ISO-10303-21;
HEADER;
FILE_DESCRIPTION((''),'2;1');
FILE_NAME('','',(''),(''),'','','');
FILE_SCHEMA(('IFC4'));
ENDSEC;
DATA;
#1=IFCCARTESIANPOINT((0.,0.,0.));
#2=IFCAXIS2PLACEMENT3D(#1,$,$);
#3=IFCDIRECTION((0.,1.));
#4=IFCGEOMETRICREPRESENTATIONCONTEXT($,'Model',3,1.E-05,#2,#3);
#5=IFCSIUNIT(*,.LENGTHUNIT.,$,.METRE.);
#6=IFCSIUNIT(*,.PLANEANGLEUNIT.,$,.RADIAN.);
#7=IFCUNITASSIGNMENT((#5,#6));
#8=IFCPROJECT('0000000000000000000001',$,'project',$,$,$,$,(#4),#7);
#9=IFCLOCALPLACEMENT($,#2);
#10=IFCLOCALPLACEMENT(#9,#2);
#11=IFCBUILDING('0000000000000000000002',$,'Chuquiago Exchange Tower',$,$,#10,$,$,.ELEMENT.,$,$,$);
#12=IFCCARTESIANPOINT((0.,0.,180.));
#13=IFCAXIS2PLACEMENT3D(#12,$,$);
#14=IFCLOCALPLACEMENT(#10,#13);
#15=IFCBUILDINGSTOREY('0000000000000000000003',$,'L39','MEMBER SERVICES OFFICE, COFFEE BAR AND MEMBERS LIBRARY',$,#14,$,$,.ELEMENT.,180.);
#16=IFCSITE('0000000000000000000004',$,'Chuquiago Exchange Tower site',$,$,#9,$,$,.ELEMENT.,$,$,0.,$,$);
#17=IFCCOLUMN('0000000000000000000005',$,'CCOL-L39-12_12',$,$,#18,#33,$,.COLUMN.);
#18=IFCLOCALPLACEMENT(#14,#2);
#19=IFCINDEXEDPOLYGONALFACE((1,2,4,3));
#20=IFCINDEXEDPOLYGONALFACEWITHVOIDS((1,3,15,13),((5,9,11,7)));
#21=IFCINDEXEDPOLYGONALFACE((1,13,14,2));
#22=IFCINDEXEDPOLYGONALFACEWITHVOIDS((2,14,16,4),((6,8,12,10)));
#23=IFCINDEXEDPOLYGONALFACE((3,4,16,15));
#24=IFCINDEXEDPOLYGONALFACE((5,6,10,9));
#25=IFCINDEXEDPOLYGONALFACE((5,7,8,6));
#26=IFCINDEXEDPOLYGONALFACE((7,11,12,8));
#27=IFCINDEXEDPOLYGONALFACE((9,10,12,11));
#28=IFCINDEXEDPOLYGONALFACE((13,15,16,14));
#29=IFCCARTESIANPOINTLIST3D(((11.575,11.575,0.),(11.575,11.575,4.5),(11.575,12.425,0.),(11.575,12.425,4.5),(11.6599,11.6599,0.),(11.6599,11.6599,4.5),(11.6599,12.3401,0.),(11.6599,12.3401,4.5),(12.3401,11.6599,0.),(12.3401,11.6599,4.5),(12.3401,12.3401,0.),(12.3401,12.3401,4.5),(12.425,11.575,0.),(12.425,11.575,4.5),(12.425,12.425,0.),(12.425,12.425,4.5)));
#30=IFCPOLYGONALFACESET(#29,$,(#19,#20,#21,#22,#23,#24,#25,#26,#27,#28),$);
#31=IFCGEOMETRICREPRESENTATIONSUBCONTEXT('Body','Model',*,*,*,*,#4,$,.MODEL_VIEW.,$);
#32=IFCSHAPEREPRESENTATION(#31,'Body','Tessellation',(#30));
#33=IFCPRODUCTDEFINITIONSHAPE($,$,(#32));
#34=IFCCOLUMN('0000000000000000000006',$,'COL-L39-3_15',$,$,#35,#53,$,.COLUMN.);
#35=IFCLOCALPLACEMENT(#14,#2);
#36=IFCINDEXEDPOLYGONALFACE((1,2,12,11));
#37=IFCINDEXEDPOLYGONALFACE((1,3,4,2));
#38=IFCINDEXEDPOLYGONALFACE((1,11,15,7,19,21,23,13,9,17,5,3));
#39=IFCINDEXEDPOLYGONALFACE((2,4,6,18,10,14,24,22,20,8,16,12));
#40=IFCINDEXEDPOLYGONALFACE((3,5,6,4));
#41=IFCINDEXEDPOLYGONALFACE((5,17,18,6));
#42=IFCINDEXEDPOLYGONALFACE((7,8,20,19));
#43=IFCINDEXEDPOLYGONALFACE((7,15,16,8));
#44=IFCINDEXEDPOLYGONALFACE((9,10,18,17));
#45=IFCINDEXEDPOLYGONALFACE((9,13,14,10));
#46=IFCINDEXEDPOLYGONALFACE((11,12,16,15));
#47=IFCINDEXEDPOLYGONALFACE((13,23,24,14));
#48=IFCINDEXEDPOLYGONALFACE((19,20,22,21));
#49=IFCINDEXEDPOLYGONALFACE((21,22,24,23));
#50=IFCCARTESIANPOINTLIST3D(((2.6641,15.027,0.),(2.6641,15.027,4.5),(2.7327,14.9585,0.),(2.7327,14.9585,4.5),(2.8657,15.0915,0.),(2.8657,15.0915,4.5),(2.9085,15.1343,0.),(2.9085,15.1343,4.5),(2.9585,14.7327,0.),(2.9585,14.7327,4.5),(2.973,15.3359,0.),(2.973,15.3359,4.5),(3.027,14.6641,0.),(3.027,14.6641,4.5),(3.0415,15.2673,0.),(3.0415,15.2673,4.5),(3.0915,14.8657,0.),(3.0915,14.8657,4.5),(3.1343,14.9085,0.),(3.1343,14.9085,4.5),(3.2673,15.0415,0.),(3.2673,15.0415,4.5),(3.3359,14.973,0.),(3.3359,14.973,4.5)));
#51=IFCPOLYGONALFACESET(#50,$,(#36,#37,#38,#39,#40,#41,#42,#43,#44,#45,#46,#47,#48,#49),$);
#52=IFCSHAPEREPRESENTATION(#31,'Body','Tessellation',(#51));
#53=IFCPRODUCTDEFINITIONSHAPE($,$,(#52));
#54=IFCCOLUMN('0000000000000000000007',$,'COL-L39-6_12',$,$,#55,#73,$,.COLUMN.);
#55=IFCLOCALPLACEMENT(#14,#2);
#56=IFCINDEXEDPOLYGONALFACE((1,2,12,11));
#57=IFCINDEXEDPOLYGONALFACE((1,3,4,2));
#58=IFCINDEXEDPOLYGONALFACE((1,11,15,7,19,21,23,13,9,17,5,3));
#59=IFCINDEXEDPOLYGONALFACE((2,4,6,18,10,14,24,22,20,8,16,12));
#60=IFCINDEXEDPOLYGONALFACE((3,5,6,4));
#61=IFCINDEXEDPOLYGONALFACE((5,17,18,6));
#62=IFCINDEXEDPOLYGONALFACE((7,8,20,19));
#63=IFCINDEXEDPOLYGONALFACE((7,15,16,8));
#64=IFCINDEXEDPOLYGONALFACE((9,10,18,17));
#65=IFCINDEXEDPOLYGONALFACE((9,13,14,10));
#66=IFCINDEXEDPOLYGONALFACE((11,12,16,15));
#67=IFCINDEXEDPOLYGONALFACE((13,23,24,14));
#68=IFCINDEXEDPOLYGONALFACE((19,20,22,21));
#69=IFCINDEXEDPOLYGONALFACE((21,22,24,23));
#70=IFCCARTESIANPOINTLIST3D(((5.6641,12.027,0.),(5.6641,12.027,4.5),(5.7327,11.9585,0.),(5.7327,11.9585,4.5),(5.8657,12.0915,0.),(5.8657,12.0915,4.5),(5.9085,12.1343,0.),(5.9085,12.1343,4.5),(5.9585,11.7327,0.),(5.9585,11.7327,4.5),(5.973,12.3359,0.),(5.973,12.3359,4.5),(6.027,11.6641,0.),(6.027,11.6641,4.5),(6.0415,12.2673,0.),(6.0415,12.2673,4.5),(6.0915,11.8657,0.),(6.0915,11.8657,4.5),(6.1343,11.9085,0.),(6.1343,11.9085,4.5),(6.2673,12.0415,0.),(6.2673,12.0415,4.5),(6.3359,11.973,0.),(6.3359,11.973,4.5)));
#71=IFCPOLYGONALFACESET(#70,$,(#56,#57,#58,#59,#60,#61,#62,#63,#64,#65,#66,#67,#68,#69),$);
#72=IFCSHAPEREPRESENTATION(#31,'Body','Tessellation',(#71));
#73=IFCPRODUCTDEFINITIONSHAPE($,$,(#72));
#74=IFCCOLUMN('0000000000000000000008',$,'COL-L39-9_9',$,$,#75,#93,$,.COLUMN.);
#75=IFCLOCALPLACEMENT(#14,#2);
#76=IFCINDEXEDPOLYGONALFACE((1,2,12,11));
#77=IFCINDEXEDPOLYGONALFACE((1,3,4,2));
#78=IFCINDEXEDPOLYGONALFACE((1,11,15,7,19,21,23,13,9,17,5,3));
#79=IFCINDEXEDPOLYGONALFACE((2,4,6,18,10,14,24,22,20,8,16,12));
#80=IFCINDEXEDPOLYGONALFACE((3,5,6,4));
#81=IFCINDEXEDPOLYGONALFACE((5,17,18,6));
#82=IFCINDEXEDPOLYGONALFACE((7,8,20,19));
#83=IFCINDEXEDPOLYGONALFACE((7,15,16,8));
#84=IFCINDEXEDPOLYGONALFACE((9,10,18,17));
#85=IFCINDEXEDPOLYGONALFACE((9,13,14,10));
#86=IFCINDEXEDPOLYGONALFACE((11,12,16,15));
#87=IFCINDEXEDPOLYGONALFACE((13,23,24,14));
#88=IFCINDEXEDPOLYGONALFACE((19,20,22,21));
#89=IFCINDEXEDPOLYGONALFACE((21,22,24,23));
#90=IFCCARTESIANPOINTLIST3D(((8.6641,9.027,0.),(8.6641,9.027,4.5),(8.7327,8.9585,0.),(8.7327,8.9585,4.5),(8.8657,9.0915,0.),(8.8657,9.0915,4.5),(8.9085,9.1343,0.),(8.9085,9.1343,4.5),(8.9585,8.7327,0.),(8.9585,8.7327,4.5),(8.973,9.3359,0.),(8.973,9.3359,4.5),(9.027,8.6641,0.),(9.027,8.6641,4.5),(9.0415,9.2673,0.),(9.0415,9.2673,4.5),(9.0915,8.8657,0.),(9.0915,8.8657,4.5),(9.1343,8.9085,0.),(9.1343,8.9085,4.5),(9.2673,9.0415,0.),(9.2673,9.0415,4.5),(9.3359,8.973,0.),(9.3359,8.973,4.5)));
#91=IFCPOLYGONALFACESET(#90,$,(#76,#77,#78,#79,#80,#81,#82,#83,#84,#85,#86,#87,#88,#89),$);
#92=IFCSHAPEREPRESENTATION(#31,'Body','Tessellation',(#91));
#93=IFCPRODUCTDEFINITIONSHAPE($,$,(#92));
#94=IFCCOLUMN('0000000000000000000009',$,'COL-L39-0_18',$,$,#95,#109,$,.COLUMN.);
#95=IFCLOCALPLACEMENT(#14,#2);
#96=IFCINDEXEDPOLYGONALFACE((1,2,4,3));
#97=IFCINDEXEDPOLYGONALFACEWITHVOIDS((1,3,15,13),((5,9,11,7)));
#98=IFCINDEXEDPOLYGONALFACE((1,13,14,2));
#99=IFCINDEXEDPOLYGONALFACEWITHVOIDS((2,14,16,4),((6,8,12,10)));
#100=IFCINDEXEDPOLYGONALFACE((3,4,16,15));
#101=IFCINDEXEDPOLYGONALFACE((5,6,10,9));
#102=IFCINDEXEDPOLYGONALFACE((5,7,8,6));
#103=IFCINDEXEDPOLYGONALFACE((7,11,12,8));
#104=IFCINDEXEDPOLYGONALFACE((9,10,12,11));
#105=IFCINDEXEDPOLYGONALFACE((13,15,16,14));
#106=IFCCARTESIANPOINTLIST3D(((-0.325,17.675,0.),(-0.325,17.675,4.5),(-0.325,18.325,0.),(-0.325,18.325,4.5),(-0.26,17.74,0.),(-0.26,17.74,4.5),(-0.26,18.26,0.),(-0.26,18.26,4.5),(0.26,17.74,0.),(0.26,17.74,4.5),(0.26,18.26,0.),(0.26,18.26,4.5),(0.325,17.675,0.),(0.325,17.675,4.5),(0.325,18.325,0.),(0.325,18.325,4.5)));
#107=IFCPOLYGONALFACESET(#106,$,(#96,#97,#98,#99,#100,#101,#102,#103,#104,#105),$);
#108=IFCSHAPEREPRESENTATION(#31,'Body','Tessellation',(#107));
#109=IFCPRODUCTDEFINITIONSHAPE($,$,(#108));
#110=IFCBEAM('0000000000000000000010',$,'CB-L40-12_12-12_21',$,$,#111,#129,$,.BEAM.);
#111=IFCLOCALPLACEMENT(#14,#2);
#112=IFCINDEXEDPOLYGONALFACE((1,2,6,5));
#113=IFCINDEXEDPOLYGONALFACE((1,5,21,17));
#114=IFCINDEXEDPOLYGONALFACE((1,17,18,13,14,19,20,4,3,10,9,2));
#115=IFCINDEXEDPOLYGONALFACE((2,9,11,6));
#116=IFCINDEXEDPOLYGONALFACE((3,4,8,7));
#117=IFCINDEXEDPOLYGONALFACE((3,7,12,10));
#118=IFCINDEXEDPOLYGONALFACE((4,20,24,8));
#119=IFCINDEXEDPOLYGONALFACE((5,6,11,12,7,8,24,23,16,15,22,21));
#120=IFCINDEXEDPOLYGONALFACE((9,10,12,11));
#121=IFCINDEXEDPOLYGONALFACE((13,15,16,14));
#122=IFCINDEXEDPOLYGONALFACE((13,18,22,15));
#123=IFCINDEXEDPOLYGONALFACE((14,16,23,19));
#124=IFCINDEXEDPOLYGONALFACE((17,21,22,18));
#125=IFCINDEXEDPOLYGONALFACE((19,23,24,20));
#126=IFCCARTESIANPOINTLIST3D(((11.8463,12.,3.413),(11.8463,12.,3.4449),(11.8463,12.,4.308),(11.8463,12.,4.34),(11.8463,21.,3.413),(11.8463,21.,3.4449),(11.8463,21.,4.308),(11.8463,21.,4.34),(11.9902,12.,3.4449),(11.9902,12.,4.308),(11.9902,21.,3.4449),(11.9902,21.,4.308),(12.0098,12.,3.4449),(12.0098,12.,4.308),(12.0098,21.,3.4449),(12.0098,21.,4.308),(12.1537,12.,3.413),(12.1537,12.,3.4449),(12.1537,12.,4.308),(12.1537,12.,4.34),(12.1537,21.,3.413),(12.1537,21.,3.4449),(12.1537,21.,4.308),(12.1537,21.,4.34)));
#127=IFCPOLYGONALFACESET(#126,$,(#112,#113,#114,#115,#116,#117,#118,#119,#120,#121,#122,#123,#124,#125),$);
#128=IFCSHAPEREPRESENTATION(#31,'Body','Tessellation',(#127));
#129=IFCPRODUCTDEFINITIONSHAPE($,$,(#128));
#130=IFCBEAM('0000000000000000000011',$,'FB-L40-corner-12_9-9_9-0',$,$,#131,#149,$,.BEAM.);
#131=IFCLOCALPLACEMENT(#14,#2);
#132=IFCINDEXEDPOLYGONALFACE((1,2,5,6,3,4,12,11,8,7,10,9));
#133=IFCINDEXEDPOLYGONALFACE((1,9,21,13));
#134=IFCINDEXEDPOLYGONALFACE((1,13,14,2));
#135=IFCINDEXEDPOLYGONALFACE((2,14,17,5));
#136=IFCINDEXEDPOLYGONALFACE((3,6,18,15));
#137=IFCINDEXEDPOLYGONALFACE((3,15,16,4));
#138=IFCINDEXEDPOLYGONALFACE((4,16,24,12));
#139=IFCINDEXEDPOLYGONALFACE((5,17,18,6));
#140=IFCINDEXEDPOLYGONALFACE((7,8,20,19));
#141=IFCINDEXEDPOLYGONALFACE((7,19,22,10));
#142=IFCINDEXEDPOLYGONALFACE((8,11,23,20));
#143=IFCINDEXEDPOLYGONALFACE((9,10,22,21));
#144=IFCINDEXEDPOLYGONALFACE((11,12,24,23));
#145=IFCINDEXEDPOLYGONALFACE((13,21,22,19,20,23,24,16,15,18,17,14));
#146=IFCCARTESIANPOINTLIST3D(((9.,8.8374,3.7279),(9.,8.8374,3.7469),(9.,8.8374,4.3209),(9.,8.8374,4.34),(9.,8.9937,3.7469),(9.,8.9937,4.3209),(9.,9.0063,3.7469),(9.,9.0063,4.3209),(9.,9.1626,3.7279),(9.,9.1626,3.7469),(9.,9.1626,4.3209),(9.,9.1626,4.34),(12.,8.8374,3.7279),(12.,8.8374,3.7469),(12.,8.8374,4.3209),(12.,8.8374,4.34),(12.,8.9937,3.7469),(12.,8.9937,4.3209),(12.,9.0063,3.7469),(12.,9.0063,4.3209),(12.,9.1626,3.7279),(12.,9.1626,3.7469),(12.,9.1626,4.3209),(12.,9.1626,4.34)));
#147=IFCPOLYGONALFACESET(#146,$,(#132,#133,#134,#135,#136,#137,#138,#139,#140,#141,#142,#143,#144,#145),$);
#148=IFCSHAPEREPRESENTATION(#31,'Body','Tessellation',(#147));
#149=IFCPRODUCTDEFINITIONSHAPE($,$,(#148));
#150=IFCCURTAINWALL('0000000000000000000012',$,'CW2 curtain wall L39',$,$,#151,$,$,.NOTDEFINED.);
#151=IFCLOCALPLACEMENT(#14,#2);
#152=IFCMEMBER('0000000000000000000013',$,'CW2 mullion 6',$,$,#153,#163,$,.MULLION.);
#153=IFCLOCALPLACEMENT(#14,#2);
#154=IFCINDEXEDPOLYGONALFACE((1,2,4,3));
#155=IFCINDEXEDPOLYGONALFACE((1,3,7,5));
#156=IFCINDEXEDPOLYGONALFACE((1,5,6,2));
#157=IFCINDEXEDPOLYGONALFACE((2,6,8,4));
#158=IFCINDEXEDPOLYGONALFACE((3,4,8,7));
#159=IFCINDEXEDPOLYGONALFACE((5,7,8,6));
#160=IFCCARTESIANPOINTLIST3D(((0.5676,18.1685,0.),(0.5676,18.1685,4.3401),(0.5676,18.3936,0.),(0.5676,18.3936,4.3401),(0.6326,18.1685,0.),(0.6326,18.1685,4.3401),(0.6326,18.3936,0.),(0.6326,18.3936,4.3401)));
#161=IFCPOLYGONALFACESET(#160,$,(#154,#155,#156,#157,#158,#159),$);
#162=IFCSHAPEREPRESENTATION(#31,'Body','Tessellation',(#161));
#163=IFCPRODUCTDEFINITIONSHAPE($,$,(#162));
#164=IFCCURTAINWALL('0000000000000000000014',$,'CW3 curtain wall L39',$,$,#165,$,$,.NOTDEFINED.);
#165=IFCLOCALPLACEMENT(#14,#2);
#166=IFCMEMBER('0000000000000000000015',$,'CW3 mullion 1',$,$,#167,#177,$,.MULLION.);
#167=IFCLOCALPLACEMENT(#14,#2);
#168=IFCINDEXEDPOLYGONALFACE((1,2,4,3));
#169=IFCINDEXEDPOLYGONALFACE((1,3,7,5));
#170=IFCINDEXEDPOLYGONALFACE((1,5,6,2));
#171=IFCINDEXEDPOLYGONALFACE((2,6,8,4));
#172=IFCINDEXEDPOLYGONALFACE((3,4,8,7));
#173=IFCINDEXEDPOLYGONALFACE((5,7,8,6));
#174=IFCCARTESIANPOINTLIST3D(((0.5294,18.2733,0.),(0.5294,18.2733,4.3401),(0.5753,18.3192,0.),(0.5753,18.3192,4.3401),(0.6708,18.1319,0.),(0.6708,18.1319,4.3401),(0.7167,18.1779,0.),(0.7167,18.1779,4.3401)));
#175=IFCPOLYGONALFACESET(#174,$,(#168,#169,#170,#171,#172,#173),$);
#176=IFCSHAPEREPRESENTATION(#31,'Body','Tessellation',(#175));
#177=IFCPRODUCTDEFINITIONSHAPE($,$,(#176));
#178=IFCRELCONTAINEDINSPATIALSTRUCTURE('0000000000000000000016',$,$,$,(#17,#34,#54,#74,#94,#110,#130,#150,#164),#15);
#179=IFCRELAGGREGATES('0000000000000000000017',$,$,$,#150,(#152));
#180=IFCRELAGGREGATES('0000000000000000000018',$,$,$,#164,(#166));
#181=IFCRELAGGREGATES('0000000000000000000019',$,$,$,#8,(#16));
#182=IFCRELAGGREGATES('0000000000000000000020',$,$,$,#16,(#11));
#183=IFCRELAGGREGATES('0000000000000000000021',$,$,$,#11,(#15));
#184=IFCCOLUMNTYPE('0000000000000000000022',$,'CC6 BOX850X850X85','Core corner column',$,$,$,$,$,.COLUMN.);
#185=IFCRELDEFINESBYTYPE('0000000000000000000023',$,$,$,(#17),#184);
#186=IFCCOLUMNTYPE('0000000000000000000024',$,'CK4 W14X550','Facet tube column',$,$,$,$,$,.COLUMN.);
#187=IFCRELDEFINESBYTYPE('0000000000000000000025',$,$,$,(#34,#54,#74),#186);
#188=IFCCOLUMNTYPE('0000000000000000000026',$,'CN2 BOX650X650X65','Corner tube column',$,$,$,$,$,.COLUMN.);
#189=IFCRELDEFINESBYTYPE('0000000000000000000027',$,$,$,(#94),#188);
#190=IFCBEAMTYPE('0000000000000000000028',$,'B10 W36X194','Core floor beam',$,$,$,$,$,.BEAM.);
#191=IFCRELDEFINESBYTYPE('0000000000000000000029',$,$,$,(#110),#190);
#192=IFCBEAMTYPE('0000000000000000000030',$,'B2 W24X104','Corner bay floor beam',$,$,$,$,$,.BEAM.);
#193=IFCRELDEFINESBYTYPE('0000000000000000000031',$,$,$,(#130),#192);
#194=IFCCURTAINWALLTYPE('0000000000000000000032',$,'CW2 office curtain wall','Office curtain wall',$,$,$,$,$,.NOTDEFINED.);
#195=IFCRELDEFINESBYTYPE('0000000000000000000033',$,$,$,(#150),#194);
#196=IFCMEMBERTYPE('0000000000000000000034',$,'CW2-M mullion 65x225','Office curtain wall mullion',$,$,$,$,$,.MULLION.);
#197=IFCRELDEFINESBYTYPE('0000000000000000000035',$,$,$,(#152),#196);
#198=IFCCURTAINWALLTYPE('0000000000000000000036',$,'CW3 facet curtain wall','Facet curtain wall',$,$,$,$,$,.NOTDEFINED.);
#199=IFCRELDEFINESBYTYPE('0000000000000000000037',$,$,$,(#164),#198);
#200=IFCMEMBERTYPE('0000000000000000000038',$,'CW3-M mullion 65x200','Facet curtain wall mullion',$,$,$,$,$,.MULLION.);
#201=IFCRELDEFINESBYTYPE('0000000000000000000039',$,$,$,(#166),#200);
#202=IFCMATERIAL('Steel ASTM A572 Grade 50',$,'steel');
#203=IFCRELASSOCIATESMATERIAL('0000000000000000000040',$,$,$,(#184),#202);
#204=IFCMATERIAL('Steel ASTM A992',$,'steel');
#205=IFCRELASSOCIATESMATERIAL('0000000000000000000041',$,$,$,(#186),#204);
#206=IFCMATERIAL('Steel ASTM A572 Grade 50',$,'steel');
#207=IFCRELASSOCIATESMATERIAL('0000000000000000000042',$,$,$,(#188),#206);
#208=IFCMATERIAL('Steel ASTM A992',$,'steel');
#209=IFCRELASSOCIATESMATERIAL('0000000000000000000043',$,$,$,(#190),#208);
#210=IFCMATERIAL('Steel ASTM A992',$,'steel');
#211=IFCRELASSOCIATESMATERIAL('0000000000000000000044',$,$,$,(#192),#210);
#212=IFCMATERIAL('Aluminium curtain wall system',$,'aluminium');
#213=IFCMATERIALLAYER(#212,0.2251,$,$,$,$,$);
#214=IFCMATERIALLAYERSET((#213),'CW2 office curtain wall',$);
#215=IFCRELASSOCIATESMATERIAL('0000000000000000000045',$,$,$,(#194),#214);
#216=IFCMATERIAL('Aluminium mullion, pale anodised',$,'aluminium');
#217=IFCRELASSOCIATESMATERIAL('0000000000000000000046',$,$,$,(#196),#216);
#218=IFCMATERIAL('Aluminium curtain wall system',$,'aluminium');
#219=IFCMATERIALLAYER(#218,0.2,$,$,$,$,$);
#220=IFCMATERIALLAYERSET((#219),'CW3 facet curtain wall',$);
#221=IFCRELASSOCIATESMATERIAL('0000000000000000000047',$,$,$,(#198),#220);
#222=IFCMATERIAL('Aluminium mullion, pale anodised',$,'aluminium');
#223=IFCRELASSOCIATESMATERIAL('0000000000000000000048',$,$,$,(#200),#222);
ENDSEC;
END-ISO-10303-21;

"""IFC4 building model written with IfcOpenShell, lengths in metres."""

from ifc_helpers import new_model, si_unit, direction, frame, origin, origin_2d, place, context, subcontext, project, spatial, rectangle, hollow_rectangle, i_section, extrude, material, layer, layer_set, material_profile, profile_set, type_object, element, aggregate, save


model = new_model("IFC4")

# Units and contexts
model_context = context("Model", 3, precision=1e-05, world=origin(), true_north=direction((0.0, 1.0)))
body_context = subcontext(model_context, "Body", "Model", "MODEL_VIEW")
ifc_project = project(units=[si_unit("LENGTHUNIT", "METRE"), si_unit("PLANEANGLEUNIT", "RADIAN")], contexts=[model_context])

# Site, building, storey
site_placement = place(None, origin())
site = spatial("IfcSite", under=ifc_project, at=site_placement, Name="Chuquiago Exchange Tower site", CompositionType="ELEMENT", RefElevation=0.0)
building_placement = place(site_placement, origin())
building = spatial("IfcBuilding", under=site, at=building_placement, Name="Chuquiago Exchange Tower", CompositionType="ELEMENT")
storey_placement = place(building_placement, frame((0.0, 0.0, 180.0)))
storey = spatial("IfcBuildingStorey", under=building, at=storey_placement, Name="L39", Description="MEMBER SERVICES OFFICE, COFFEE BAR AND MEMBERS LIBRARY", CompositionType="ELEMENT", Elevation=180.0)

# Columns
ifc_material_1 = material(Name="Steel ASTM A572 Grade 50", Category="steel")
ifc_material_profile_1 = material_profile(ifc_material_1, hollow_rectangle(XDim=0.8501, YDim=0.8501, WallThickness=0.085, at=origin_2d()), Name="BOX850X850X85")
ifc_profile_set_1 = profile_set([ifc_material_profile_1], Name="Steel ASTM A572 Grade 50")
column_type_1 = type_object("IfcColumnType", Name="CC6 BOX850X850X85", Description="Core corner column", PredefinedType="COLUMN", material=ifc_profile_set_1)
column_1_placement = place(storey_placement, frame((12.0, 12.0, 0.0), z_axis=(0.0, 0.0, 1.0), x_axis=(1.0, 0.0, 0.0)))
element("IfcColumn", 1, at=column_1_placement, inside=storey, type_object=column_type_1, Name="CCOL-L39-12_12", PredefinedType="COLUMN", context=body_context, shape_type="SweptSolid", body=[
    extrude(hollow_rectangle(XDim=0.8501, YDim=0.8501, WallThickness=0.085, at=origin_2d()), origin(), (0.0, 0.0, 1.0), 4.5),
])
ifc_material_2 = material(Name="Steel ASTM A992", Category="steel")
ifc_material_profile_2 = material_profile(ifc_material_2, i_section(OverallWidth=0.4368, OverallDepth=0.5132, WebThickness=0.0605, FlangeThickness=0.0969, at=origin_2d()), Name="W14X550")
ifc_profile_set_2 = profile_set([ifc_material_profile_2], Name="Steel ASTM A992")
column_type_2 = type_object("IfcColumnType", Name="CK4 W14X550", Description="Facet tube column", PredefinedType="COLUMN", material=ifc_profile_set_2)
for number, where, z_axis, x_axis, name in (
    (2, (3.0, 15.0, 0.0), (0.0, 0.0, 1.0), (-0.707107, -0.707107, 0.0), "COL-L39-3_15"),
    (3, (6.0, 12.0, 0.0), (0.0, 0.0, 1.0), (-0.707107, -0.707107, 0.0), "COL-L39-6_12"),
    (4, (9.0, 9.0, 0.0), (0.0, 0.0, 1.0), (-0.707107, -0.707107, 0.0), "COL-L39-9_9"),
):
    element("IfcColumn", number, at=place(storey_placement, frame(where, z_axis=z_axis, x_axis=x_axis)), inside=storey, type_object=column_type_2, Name=name, PredefinedType="COLUMN", context=body_context, shape_type="SweptSolid", body=[
        extrude(i_section(OverallWidth=0.4368, OverallDepth=0.5132, WebThickness=0.0605, FlangeThickness=0.0969, at=origin_2d()), origin(), (0.0, 0.0, 1.0), 4.5),
    ])
ifc_material_3 = material(Name="Steel ASTM A572 Grade 50", Category="steel")
ifc_material_profile_3 = material_profile(ifc_material_3, hollow_rectangle(XDim=0.6499, YDim=0.6499, WallThickness=0.0649, at=origin_2d()), Name="BOX650X650X65")
ifc_profile_set_3 = profile_set([ifc_material_profile_3], Name="Steel ASTM A572 Grade 50")
column_type_3 = type_object("IfcColumnType", Name="CN2 BOX650X650X65", Description="Corner tube column", PredefinedType="COLUMN", material=ifc_profile_set_3)
column_2_placement = place(storey_placement, frame((0.0, 18.0, 0.0), z_axis=(0.0, 0.0, 1.0), x_axis=(-1.0, 0.0, 0.0)))
element("IfcColumn", 5, at=column_2_placement, inside=storey, type_object=column_type_3, Name="COL-L39-0_18", PredefinedType="COLUMN", context=body_context, shape_type="SweptSolid", body=[
    extrude(hollow_rectangle(XDim=0.6499, YDim=0.6499, WallThickness=0.0649, at=origin_2d()), origin(), (0.0, 0.0, 1.0), 4.5),
])

# Beams
ifc_material_4 = material(Name="Steel ASTM A992", Category="steel")
ifc_material_profile_4 = material_profile(ifc_material_4, i_section(OverallWidth=0.3074, OverallDepth=0.927, WebThickness=0.0195, FlangeThickness=0.032, at=origin_2d()), Name="W36X194")
ifc_profile_set_4 = profile_set([ifc_material_profile_4], Name="Steel ASTM A992")
beam_type_1 = type_object("IfcBeamType", Name="B10 W36X194", Description="Core floor beam", PredefinedType="BEAM", material=ifc_profile_set_4)
beam_1_placement = place(storey_placement, frame((12.0, 12.0, 3.8765), z_axis=(0.0, 1.0, 0.0), x_axis=(-1.0, 0.0, 0.0)))
element("IfcBeam", 6, at=beam_1_placement, inside=storey, type_object=beam_type_1, Name="CB-L40-12_12-12_21", PredefinedType="BEAM", context=body_context, shape_type="SweptSolid", body=[
    extrude(i_section(OverallWidth=0.3074, OverallDepth=0.927, WebThickness=0.0195, FlangeThickness=0.032, at=origin_2d()), origin(), (0.0, 0.0, 1.0), 9.0),
])
ifc_material_5 = material(Name="Steel ASTM A992", Category="steel")
ifc_material_profile_5 = material_profile(ifc_material_5, i_section(OverallWidth=0.3252, OverallDepth=0.6121, WebThickness=0.0127, FlangeThickness=0.019, at=origin_2d()), Name="W24X104")
ifc_profile_set_5 = profile_set([ifc_material_profile_5], Name="Steel ASTM A992")
beam_type_2 = type_object("IfcBeamType", Name="B2 W24X104", Description="Corner bay floor beam", PredefinedType="BEAM", material=ifc_profile_set_5)
beam_2_placement = place(storey_placement, frame((12.0, 9.0, 4.0339), z_axis=(-1.0, 0.0, 0.0), x_axis=(0.0, -1.0, 0.0)))
element("IfcBeam", 7, at=beam_2_placement, inside=storey, type_object=beam_type_2, Name="FB-L40-corner-12_9-9_9-0", PredefinedType="BEAM", context=body_context, shape_type="SweptSolid", body=[
    extrude(i_section(OverallWidth=0.3252, OverallDepth=0.6121, WebThickness=0.0127, FlangeThickness=0.019, at=origin_2d()), origin(), (0.0, 0.0, 1.0), 3.0),
])

# Curtain wall, member
ifc_material_6 = material(Name="Aluminium curtain wall system", Category="aluminium")
ifc_layer_1 = layer(ifc_material_6, 0.2251)
ifc_layer_set_1 = layer_set([ifc_layer_1], Name="CW2 office curtain wall")
curtain_wall_type_1 = type_object("IfcCurtainWallType", Name="CW2 office curtain wall", Description="Office curtain wall", PredefinedType="NOTDEFINED", material=ifc_layer_set_1)
curtain_wall_1_placement = place(storey_placement, origin())
curtain_wall_1 = element("IfcCurtainWall", 8, at=curtain_wall_1_placement, inside=storey, type_object=curtain_wall_type_1, Name="CW2 curtain wall L39", PredefinedType="NOTDEFINED")
ifc_material_7 = material(Name="Aluminium mullion, pale anodised", Category="aluminium")
ifc_material_profile_6 = material_profile(ifc_material_7, rectangle(XDim=0.0649, YDim=0.2251, at=origin_2d()), Name="AL 65x225")
ifc_profile_set_6 = profile_set([ifc_material_profile_6], Name="Aluminium mullion, pale anodised")
member_type_1 = type_object("IfcMemberType", Name="CW2-M mullion 65x225", Description="Office curtain wall mullion", PredefinedType="MULLION", material=ifc_profile_set_6)
member_1_placement = place(storey_placement, frame((0.6001, 18.281, 0.0), z_axis=(0.0, 0.0, 1.0), x_axis=(1.0, 0.0, 0.0)))
member_1 = element("IfcMember", 9, at=member_1_placement, type_object=member_type_1, Name="CW2 mullion 6", PredefinedType="MULLION", context=body_context, shape_type="SweptSolid", body=[
    extrude(rectangle(XDim=0.0649, YDim=0.2251, at=origin_2d()), origin(), (0.0, 0.0, 1.0), 4.3401),
])
aggregate(curtain_wall_1, [member_1])

# Curtain wall, member
ifc_material_8 = material(Name="Aluminium curtain wall system", Category="aluminium")
ifc_layer_2 = layer(ifc_material_8, 0.2)
ifc_layer_set_2 = layer_set([ifc_layer_2], Name="CW3 facet curtain wall")
curtain_wall_type_2 = type_object("IfcCurtainWallType", Name="CW3 facet curtain wall", Description="Facet curtain wall", PredefinedType="NOTDEFINED", material=ifc_layer_set_2)
curtain_wall_2_placement = place(storey_placement, origin())
curtain_wall_2 = element("IfcCurtainWall", 10, at=curtain_wall_2_placement, inside=storey, type_object=curtain_wall_type_2, Name="CW3 curtain wall L39", PredefinedType="NOTDEFINED")
ifc_material_9 = material(Name="Aluminium mullion, pale anodised", Category="aluminium")
ifc_material_profile_7 = material_profile(ifc_material_9, rectangle(XDim=0.0649, YDim=0.2, at=origin_2d()), Name="AL 65x200")
ifc_profile_set_7 = profile_set([ifc_material_profile_7], Name="Aluminium mullion, pale anodised")
member_type_2 = type_object("IfcMemberType", Name="CW3-M mullion 65x200", Description="Facet curtain wall mullion", PredefinedType="MULLION", material=ifc_profile_set_7)
member_2_placement = place(storey_placement, frame((0.623, 18.2256, 0.0), z_axis=(0.0, 0.0, 1.0), x_axis=(0.707107, 0.707107, 0.0)))
member_2 = element("IfcMember", 11, at=member_2_placement, type_object=member_type_2, Name="CW3 mullion 1", PredefinedType="MULLION", context=body_context, shape_type="SweptSolid", body=[
    extrude(rectangle(XDim=0.0649, YDim=0.2, at=origin_2d()), origin(), (0.0, 0.0, 1.0), 4.3401),
])

aggregate(curtain_wall_2, [member_2])

save(model, "model.ifc")
